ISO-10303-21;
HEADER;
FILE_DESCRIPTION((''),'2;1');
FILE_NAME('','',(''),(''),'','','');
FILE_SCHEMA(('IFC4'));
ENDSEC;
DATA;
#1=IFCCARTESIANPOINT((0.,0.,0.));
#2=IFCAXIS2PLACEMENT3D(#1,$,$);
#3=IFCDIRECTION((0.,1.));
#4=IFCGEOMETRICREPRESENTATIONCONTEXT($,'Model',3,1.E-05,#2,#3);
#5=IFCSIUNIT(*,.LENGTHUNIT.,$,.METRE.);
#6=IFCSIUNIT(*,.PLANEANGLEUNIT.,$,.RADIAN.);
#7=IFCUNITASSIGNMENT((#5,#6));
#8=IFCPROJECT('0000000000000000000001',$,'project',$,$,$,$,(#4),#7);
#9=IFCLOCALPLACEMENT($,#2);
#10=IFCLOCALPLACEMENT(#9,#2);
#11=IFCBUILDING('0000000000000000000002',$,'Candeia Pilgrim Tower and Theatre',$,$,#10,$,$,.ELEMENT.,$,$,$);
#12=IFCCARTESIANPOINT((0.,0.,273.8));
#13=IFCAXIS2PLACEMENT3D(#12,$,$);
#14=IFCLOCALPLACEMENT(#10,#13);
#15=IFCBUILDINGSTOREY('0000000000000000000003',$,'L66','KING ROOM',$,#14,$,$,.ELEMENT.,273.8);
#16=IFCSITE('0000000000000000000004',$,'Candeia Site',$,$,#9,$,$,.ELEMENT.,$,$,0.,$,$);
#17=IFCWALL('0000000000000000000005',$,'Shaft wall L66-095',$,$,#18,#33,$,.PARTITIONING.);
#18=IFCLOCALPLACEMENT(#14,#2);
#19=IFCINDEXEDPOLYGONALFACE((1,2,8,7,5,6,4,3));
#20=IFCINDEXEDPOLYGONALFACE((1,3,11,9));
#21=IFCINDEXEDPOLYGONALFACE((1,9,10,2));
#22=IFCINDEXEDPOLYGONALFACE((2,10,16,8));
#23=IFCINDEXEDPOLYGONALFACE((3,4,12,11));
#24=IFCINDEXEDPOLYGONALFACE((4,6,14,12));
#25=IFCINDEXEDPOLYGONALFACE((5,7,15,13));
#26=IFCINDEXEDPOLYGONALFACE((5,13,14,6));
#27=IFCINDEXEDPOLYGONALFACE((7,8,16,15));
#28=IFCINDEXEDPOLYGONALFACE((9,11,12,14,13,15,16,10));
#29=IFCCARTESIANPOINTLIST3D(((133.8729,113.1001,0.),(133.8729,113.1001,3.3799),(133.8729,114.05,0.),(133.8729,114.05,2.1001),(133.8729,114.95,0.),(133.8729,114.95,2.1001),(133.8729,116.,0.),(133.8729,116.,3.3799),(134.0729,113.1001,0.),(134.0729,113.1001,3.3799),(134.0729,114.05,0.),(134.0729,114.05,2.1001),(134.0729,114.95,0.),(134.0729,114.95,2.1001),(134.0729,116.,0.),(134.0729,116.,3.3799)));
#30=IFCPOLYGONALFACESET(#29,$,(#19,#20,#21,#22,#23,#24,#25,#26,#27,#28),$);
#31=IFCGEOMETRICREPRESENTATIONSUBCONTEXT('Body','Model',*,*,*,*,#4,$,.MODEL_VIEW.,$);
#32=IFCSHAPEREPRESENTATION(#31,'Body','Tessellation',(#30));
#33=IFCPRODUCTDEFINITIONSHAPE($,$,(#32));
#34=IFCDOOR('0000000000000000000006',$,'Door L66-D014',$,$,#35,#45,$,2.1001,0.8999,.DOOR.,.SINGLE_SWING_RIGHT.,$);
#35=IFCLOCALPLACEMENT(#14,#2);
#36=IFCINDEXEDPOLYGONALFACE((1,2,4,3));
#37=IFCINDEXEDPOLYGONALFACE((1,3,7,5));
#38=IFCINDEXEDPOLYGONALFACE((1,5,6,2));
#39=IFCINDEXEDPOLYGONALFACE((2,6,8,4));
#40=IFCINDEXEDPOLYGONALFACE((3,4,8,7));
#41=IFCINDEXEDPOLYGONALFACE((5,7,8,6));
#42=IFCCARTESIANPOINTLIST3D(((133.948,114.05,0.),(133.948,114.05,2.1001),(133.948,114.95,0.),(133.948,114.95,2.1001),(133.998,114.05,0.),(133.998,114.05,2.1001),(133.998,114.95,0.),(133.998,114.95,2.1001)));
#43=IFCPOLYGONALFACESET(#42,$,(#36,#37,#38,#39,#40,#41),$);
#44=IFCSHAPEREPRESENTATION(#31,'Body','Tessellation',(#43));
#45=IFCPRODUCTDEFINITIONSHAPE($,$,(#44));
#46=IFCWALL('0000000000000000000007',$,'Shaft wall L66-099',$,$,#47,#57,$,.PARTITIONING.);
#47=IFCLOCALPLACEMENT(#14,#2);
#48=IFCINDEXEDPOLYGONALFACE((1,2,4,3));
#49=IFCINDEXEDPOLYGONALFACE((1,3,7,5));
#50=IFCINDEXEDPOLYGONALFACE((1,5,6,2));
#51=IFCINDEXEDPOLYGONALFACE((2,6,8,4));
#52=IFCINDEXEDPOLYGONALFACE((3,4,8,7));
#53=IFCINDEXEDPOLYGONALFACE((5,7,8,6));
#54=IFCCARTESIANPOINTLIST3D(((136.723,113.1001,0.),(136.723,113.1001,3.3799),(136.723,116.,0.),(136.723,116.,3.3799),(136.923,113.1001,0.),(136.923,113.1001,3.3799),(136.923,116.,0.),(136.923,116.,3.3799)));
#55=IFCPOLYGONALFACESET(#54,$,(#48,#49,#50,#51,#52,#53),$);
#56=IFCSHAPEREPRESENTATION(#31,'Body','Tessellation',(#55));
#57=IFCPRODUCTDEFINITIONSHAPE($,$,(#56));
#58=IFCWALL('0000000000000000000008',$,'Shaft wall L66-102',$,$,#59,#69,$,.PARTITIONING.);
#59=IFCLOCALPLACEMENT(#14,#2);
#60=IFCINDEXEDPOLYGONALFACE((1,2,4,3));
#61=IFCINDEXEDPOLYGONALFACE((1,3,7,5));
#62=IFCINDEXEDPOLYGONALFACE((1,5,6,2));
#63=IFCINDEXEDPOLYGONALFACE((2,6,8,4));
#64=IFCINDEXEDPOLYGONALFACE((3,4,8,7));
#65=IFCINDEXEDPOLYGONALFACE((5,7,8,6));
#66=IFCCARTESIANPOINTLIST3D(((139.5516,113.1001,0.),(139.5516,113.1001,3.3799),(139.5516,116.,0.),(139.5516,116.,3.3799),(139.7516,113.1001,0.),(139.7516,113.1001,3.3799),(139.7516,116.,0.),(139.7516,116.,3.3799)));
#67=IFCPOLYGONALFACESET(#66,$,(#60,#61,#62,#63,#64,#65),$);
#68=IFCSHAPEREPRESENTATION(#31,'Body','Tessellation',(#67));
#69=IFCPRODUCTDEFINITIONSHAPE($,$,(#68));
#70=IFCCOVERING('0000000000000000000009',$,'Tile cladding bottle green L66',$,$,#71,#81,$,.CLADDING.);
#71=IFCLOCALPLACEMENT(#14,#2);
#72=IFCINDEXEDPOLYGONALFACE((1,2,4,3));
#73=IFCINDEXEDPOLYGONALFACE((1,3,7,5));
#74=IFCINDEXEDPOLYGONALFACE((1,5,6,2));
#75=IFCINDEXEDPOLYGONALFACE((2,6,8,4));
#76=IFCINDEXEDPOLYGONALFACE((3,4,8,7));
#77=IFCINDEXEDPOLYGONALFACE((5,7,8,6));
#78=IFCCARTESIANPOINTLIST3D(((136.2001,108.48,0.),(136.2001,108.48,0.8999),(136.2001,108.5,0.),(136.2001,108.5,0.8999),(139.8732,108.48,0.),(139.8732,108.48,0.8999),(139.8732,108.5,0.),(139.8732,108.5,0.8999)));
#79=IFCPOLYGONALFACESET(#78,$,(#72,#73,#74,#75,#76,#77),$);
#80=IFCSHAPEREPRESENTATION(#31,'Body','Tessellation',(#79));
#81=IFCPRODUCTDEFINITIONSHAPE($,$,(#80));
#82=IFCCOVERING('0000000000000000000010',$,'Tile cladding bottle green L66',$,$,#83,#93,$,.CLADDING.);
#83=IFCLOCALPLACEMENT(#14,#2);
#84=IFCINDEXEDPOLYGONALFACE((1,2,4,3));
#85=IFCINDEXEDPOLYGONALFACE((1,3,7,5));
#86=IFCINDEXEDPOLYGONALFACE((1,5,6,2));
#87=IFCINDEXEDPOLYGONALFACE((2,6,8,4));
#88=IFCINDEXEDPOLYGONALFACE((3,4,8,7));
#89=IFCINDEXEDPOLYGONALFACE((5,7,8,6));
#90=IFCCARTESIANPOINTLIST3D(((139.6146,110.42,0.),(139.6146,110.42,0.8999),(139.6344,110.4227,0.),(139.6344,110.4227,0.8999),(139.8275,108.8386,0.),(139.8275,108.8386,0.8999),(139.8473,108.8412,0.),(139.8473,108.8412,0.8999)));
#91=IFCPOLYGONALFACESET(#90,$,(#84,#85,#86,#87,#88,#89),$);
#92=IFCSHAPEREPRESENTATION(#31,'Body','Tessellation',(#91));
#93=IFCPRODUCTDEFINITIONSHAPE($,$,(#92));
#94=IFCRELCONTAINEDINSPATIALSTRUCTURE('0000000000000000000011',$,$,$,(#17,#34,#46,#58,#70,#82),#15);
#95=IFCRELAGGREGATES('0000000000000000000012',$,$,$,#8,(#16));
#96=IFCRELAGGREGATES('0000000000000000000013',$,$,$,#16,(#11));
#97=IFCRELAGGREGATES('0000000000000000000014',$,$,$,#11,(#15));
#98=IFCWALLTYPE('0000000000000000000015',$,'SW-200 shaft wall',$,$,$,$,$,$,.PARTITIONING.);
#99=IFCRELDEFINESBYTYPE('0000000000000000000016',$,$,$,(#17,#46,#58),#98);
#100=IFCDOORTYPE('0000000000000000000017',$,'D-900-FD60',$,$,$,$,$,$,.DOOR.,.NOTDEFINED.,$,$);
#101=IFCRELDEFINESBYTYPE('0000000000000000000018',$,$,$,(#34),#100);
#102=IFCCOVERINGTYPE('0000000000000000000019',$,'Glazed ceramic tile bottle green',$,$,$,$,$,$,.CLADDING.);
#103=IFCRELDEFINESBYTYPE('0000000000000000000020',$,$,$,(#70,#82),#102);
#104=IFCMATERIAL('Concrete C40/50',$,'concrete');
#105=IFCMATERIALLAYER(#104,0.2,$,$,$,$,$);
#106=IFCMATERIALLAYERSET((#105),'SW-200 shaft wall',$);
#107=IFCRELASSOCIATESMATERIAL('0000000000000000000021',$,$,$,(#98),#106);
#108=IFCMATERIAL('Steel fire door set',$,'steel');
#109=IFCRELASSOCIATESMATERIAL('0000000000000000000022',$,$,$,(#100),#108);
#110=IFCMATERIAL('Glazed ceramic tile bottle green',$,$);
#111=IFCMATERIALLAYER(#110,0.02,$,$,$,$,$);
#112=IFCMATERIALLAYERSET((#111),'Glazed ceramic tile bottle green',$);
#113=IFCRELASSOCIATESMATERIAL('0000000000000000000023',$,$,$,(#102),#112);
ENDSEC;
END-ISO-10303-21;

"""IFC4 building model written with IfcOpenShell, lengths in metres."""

from ifc_helpers import new_model, si_unit, direction, frame, frame_2d, origin, origin_2d, place, context, subcontext, project, spatial, rectangle, extrude, material, layer, layer_set, type_object, element, fill, save


model = new_model("IFC4")

# Units and contexts
model_context = context("Model", 3, precision=1e-05, world=origin(), true_north=direction((0.0, 1.0)))
body_context = subcontext(model_context, "Body", "Model", "MODEL_VIEW")
ifc_project = project(units=[si_unit("LENGTHUNIT", "METRE"), si_unit("PLANEANGLEUNIT", "RADIAN")], contexts=[model_context])

# Site, building, storey
site_placement = place(None, origin())
site = spatial("IfcSite", under=ifc_project, at=site_placement, Name="Candeia Site", CompositionType="ELEMENT", RefElevation=0.0)
building_placement = place(site_placement, origin())
building = spatial("IfcBuilding", under=site, at=building_placement, Name="Candeia Pilgrim Tower and Theatre", CompositionType="ELEMENT")
storey_placement = place(building_placement, frame((0.0, 0.0, 273.8)))
storey = spatial("IfcBuildingStorey", under=building, at=storey_placement, Name="L66", Description="KING ROOM", CompositionType="ELEMENT", Elevation=273.8)

# Shared definitions
ifc_material_1 = material(Name="Concrete C40/50", Category="concrete")

# Shared definitions
ifc_material_2 = material(Name="Steel fire door set", Category="steel")

# Wall, opening, door
ifc_layer_1 = layer(ifc_material_1, 0.2)
ifc_layer_set_1 = layer_set([ifc_layer_1], Name="SW-200 shaft wall")
wall_type_1 = type_object("IfcWallType", Name="SW-200 shaft wall", PredefinedType="PARTITIONING", material=ifc_layer_set_1)
door_type_1 = type_object("IfcDoorType", Name="D-900-FD60", OperationType="NOTDEFINED", PredefinedType="DOOR", material=ifc_material_2)
wall_1_placement = place(storey_placement, frame((133.9729, 113.1001, 0.0), z_axis=(0.0, 0.0, 1.0), x_axis=(0.0, 1.0, 0.0)))
wall_1 = element("IfcWall", 1, at=wall_1_placement, inside=storey, type_object=wall_type_1, Name="Shaft wall L66-095", PredefinedType="PARTITIONING", context=body_context, shape_type="SweptSolid", body=[
    extrude(rectangle(XDim=2.8999, YDim=0.2, at=frame_2d((1.45, 0.0))), origin(), (0.0, 0.0, 1.0), 3.3799),
])
opening_1_placement = place(wall_1_placement, frame((0.95, 0.0, 0.0)))
opening_1 = element("IfcOpeningElement", 2, at=opening_1_placement, cuts=wall_1, PredefinedType="OPENING", context=body_context, shape_type="SweptSolid", body=[
    extrude(rectangle(XDim=0.8999, YDim=2.1001, at=frame_2d((0.45, 1.05))), frame((0.0, 0.1099, 0.0), z_axis=(0.0, -1.0, 0.0), x_axis=(1.0, 0.0, 0.0)), (0.0, 0.0, 1.0), 0.22),
])
door_1_placement = place(opening_1_placement, origin())
door_1 = element("IfcDoor", 3, at=door_1_placement, inside=storey, type_object=door_type_1, Name="Door L66-D014", OperationType="SINGLE_SWING_RIGHT", OverallHeight=2.1001, OverallWidth=0.8999, PredefinedType="DOOR", context=body_context, shape_type="SweptSolid", body=[
    extrude(rectangle(XDim=0.8999, YDim=2.1001, at=frame_2d((0.45, 1.05))), frame((0.0, 0.0249, 0.0), z_axis=(0.0, -1.0, 0.0), x_axis=(1.0, 0.0, 0.0)), (0.0, 0.0, 1.0), 0.05),
])
fill(opening_1, door_1)

# Walls
for number, where, z_axis, x_axis, name in (
    (4, (136.823, 113.1001, 0.0), (0.0, 0.0, 1.0), (0.0, 1.0, 0.0), "Shaft wall L66-099"),
    (5, (139.6516, 113.1001, 0.0), (0.0, 0.0, 1.0), (0.0, 1.0, 0.0), "Shaft wall L66-102"),
):
    element("IfcWall", number, at=place(storey_placement, frame(where, z_axis=z_axis, x_axis=x_axis)), inside=storey, type_object=wall_type_1, Name=name, PredefinedType="PARTITIONING", context=body_context, shape_type="SweptSolid", body=[
        extrude(rectangle(XDim=2.8999, YDim=0.2, at=frame_2d((1.45, 0.0))), origin(), (0.0, 0.0, 1.0), 3.3799),
    ])

# Coverings
ifc_material_3 = material(Name="Glazed ceramic tile bottle green")
ifc_layer_2 = layer(ifc_material_3, 0.02)
ifc_layer_set_2 = layer_set([ifc_layer_2], Name="Glazed ceramic tile bottle green")
covering_type = type_object("IfcCoveringType", Name="Glazed ceramic tile bottle green", PredefinedType="CLADDING", material=ifc_layer_set_2)
covering_1_placement = place(storey_placement, frame((138.0366, 108.49, 0.0), z_axis=(0.0, 0.0, 1.0), x_axis=(1.0, 0.0, 0.0)))
element("IfcCovering", 6, at=covering_1_placement, inside=storey, type_object=covering_type, Name="Tile cladding bottle green L66", PredefinedType="CLADDING", context=body_context, shape_type="SweptSolid", body=[
    extrude(rectangle(XDim=3.6731, YDim=0.02, at=origin_2d()), origin(), (0.0, 0.0, 1.0), 0.8999),
])
covering_2_placement = place(storey_placement, frame((139.731, 109.6306, 0.0), z_axis=(0.0, 0.0, 1.0), x_axis=(-0.133412, 0.991061, 0.0)))
element("IfcCovering", 7, at=covering_2_placement, inside=storey, type_object=covering_type, Name="Tile cladding bottle green L66", PredefinedType="CLADDING", context=body_context, shape_type="SweptSolid", body=[
    extrude(rectangle(XDim=1.5957, YDim=0.02, at=origin_2d()), origin(), (0.0, 0.0, 1.0), 0.8999),
])

save(model, "model.ifc")
